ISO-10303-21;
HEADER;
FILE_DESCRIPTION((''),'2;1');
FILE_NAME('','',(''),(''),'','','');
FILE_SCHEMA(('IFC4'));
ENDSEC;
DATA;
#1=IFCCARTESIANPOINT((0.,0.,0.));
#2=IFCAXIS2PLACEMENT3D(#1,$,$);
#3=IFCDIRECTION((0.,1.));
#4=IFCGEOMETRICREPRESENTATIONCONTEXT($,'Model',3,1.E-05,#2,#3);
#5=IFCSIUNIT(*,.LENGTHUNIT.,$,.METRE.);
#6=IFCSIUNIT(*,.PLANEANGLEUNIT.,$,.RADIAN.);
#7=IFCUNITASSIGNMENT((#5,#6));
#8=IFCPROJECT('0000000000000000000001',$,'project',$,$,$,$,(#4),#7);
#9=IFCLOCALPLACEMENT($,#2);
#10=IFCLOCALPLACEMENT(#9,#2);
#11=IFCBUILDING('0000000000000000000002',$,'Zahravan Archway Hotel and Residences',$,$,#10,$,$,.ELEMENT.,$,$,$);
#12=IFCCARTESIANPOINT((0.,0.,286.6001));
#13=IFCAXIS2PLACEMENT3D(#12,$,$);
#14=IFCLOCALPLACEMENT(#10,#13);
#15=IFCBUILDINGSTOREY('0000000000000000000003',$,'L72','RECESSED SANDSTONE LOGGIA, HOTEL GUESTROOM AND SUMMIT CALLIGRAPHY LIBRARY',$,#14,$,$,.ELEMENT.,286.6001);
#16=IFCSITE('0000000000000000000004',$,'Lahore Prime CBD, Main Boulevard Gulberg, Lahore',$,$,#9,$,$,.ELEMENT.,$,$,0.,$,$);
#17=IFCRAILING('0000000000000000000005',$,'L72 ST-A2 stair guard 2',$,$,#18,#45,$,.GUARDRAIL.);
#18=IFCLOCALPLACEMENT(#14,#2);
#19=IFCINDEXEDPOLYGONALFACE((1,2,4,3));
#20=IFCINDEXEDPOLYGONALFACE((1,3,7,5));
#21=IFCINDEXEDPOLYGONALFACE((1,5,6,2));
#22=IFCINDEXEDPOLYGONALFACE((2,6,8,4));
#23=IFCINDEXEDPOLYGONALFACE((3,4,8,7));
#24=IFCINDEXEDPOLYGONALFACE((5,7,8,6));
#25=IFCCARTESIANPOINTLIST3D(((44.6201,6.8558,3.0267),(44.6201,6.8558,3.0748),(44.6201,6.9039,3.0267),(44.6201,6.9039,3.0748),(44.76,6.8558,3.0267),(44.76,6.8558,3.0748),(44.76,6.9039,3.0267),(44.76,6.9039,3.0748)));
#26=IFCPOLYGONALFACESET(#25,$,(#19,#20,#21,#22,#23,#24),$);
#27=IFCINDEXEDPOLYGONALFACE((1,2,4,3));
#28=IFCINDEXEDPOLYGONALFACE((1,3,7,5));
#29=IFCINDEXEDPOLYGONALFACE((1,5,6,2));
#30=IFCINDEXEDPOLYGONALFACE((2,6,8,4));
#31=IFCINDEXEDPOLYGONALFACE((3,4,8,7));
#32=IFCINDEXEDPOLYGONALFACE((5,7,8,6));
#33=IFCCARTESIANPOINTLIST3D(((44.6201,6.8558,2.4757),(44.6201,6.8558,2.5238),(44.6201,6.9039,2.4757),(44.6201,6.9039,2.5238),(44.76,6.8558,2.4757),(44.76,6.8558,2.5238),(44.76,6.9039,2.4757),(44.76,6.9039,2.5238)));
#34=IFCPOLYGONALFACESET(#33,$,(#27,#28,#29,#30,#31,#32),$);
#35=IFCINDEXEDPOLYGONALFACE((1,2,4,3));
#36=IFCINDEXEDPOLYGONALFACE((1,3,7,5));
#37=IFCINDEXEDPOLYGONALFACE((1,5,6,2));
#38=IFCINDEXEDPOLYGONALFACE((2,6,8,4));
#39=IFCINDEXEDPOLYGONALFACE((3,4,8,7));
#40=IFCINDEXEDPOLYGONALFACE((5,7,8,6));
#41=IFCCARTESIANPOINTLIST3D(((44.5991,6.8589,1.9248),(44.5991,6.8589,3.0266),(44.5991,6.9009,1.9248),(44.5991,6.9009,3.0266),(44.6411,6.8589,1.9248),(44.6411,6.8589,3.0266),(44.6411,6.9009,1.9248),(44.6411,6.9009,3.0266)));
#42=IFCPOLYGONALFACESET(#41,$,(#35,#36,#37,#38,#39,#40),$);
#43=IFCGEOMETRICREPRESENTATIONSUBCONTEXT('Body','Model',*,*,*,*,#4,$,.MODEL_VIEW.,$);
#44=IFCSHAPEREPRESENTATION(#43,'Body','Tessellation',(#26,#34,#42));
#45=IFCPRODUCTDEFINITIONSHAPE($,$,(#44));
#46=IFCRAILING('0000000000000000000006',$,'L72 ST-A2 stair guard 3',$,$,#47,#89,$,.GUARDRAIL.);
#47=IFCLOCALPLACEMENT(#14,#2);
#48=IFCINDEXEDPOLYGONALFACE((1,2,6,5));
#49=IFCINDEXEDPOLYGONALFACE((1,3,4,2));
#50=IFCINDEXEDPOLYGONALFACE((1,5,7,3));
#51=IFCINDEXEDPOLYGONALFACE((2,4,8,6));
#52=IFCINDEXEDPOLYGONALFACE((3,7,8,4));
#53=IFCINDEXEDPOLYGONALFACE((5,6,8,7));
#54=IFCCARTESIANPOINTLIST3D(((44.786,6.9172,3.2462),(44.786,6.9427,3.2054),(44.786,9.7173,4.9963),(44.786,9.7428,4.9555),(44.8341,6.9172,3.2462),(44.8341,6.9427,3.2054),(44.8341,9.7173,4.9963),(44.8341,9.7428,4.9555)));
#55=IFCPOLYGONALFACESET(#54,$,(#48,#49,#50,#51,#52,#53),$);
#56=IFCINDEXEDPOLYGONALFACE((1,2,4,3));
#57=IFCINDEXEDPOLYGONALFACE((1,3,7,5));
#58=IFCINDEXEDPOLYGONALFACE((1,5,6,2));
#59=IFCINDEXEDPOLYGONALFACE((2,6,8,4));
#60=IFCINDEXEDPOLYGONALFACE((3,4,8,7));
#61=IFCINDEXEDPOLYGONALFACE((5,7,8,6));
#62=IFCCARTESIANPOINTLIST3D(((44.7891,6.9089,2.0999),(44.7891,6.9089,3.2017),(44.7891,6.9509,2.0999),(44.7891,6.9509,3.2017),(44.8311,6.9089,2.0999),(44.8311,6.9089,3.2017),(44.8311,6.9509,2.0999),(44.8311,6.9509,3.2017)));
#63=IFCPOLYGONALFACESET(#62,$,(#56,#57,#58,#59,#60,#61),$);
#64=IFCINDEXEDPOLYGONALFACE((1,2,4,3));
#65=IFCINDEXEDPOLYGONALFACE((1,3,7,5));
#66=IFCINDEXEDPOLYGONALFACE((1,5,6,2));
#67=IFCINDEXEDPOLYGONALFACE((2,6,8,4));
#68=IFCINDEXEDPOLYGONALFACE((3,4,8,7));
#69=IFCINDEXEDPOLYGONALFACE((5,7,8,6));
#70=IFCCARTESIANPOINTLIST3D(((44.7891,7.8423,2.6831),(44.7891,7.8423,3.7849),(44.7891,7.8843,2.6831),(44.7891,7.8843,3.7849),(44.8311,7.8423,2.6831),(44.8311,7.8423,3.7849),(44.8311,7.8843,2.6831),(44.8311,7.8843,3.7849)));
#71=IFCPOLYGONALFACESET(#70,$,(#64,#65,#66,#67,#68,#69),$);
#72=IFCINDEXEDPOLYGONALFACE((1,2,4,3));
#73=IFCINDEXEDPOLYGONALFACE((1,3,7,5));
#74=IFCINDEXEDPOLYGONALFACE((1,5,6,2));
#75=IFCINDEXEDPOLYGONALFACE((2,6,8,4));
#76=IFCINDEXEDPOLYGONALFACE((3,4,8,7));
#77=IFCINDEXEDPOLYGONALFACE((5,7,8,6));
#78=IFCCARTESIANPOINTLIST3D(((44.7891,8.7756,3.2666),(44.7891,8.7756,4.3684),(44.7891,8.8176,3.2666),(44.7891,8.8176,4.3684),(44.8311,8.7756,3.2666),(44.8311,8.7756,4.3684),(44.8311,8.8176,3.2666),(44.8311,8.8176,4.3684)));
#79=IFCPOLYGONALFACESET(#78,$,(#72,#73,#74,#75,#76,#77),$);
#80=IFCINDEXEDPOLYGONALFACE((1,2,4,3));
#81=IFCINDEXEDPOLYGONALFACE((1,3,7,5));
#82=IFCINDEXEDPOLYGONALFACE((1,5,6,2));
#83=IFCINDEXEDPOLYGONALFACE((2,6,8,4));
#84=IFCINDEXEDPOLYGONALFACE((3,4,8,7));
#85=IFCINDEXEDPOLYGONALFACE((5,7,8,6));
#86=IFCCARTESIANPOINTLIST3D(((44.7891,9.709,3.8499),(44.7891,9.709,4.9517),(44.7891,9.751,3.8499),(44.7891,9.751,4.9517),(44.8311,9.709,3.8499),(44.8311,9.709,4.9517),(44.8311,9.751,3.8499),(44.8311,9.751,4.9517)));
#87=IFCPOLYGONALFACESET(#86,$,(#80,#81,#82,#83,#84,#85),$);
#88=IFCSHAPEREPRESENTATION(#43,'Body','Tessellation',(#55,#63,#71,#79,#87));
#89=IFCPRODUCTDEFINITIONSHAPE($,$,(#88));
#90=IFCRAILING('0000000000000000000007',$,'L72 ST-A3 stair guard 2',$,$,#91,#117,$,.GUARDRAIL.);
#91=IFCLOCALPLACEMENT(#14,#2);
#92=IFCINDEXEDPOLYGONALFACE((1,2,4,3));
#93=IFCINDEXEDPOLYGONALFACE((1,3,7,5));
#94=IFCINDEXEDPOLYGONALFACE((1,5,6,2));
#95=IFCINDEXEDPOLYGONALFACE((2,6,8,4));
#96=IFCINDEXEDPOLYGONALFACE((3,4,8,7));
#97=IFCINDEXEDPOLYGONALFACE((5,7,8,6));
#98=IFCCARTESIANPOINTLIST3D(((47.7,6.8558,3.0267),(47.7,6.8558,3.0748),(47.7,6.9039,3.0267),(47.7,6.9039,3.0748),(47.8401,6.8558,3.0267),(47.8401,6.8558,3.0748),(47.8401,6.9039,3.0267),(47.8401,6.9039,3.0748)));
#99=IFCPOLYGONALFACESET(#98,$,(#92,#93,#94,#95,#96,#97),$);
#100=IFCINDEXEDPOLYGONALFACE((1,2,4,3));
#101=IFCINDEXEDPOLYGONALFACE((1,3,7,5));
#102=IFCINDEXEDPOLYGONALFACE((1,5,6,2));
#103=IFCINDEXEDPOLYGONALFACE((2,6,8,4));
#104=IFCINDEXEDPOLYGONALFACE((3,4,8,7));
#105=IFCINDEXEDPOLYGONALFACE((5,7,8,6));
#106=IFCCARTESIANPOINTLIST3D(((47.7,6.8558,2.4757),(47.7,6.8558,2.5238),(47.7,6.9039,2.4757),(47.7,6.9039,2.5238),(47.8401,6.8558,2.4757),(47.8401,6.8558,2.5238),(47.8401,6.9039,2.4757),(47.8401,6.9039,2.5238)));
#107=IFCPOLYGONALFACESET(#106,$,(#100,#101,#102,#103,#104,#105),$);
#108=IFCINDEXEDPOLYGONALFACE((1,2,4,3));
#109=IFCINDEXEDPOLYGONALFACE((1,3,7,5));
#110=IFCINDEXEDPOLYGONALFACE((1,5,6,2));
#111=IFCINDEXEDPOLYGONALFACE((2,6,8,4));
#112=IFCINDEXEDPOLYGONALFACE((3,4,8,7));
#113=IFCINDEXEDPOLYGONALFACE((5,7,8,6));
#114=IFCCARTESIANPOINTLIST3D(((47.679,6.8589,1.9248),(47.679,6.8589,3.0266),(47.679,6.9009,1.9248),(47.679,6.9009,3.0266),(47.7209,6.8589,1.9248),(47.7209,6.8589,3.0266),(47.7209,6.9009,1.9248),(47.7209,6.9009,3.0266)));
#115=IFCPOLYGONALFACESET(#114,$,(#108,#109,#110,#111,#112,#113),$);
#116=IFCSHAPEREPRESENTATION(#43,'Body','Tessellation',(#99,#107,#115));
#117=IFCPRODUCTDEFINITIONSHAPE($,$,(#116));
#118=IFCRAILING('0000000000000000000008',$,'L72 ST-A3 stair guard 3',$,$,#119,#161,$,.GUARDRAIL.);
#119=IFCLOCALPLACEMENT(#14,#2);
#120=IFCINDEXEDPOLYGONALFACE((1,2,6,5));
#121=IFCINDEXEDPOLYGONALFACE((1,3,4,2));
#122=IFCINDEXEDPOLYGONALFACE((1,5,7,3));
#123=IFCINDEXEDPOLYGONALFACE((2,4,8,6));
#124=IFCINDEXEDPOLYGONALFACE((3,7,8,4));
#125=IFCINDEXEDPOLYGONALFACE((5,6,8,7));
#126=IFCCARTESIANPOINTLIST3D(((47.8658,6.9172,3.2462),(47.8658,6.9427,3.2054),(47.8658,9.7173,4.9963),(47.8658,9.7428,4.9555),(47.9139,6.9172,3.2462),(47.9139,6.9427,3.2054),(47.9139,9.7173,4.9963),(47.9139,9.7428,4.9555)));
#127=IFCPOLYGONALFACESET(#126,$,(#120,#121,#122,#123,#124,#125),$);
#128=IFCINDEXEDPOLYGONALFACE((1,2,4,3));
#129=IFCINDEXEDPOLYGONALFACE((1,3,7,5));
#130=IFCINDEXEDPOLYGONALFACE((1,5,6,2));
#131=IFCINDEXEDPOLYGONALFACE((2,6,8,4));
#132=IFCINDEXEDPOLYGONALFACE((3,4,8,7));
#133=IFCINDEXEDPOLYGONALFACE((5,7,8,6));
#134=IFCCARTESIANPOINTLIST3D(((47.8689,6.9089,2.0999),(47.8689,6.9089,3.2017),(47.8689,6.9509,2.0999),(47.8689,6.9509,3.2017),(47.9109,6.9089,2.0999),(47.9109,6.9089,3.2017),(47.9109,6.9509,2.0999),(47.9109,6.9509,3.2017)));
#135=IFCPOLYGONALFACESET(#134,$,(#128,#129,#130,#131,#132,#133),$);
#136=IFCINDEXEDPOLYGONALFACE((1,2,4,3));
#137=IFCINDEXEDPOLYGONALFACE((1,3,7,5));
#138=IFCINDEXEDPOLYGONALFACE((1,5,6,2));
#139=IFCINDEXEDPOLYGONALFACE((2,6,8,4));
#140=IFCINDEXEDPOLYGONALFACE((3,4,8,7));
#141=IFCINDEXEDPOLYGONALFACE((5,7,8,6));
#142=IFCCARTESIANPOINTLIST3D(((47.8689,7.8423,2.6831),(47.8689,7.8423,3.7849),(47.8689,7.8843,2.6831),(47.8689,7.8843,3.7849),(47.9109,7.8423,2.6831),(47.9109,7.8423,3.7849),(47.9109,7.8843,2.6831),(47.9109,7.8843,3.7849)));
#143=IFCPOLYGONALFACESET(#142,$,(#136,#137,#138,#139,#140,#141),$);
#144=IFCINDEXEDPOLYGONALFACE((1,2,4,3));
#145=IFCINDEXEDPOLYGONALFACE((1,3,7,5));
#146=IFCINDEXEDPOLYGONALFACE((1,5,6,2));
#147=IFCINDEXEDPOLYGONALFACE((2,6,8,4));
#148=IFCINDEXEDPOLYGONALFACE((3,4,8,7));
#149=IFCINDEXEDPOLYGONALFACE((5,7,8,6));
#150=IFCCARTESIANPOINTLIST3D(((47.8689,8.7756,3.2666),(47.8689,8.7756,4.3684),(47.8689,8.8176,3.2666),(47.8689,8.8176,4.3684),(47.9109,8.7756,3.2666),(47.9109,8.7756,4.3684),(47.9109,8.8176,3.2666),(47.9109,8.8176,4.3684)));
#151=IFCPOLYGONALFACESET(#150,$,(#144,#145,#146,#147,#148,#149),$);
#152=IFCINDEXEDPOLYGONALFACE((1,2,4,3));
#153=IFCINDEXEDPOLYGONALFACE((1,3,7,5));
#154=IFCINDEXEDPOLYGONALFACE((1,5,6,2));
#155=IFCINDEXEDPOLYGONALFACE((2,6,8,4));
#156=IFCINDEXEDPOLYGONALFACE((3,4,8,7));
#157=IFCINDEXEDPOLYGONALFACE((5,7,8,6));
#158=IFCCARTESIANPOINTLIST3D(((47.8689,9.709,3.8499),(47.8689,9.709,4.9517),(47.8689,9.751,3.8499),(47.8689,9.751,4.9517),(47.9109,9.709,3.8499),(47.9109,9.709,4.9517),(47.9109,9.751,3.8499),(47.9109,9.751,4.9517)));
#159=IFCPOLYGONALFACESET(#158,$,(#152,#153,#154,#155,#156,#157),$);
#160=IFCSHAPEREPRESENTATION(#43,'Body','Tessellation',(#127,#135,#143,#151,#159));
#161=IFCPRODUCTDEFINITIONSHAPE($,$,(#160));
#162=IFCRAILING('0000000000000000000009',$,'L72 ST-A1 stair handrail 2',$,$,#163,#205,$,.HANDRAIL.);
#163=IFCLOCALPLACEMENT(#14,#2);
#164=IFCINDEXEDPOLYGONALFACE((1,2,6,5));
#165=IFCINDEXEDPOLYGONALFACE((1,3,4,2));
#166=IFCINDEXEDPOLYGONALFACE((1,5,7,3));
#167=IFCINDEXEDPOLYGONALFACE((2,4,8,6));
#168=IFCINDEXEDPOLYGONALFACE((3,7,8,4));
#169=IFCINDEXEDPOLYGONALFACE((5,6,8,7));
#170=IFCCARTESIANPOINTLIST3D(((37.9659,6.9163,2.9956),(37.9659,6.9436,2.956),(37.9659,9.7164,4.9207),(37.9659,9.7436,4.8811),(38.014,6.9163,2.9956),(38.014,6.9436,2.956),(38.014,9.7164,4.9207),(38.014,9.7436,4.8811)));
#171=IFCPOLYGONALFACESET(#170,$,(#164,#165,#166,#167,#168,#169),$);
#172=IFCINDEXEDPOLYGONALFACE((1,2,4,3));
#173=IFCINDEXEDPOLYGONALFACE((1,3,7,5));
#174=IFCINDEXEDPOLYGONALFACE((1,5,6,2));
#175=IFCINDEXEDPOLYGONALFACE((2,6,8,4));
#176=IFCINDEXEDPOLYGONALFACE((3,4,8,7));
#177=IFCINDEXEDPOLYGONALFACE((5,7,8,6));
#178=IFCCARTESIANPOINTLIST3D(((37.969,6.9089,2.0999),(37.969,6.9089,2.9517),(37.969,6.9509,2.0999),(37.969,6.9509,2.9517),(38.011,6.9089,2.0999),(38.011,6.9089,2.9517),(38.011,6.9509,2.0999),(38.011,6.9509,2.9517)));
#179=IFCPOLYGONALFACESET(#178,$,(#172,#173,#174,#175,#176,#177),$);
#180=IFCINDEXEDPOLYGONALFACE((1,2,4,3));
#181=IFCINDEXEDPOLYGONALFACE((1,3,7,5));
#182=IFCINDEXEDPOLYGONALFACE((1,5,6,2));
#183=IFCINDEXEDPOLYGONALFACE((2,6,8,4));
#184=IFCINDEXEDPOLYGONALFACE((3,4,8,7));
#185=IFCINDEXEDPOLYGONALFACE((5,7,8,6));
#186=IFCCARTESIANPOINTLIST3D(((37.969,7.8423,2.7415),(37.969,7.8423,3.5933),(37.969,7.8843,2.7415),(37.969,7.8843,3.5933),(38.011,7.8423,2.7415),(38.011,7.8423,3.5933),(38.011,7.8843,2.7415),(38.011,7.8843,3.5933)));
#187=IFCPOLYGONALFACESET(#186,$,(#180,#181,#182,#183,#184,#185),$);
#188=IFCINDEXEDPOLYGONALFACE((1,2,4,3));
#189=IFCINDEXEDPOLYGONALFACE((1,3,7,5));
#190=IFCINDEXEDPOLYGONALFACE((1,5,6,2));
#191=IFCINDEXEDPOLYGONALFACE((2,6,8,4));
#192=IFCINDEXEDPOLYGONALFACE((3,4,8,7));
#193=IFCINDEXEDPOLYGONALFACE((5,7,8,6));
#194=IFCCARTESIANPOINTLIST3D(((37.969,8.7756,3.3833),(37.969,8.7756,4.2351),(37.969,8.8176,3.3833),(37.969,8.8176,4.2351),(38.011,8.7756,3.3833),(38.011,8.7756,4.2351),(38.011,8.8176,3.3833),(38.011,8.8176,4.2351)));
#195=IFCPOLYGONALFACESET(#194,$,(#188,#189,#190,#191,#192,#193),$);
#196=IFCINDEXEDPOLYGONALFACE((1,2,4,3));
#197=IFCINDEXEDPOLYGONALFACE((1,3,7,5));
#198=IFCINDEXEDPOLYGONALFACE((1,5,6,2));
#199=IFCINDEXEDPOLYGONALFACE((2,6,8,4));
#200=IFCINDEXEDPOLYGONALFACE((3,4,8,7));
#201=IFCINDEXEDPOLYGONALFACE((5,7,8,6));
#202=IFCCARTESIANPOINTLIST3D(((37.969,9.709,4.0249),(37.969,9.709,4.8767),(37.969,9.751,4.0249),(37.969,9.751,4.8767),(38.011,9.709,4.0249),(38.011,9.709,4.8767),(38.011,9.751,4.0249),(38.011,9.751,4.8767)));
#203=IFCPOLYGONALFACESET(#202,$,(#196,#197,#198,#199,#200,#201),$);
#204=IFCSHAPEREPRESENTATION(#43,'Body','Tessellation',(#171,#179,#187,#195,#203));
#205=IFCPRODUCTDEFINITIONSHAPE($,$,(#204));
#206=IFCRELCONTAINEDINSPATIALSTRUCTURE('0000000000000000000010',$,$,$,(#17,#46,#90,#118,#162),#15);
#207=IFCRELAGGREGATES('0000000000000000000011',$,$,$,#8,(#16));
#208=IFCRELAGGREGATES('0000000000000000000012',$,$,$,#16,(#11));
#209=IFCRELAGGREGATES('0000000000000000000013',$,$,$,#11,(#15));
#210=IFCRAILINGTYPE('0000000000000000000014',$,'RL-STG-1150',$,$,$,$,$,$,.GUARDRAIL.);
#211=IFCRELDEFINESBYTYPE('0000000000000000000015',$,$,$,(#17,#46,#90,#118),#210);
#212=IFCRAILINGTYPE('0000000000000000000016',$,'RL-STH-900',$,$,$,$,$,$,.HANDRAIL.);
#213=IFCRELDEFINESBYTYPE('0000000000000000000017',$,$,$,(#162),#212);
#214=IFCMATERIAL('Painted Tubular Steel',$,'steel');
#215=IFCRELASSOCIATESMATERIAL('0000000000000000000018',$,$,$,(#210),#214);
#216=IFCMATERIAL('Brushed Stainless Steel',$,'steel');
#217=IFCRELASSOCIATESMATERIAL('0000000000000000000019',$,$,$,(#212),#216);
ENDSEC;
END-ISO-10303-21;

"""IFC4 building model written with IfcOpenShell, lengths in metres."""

from ifc_helpers import new_model, si_unit, direction, frame, origin, origin_2d, place, context, subcontext, project, spatial, rectangle, extrude, material, type_object, element, save


model = new_model("IFC4")

# Units and contexts
model_context = context("Model", 3, precision=1e-05, world=origin(), true_north=direction((0.0, 1.0)))
body_context = subcontext(model_context, "Body", "Model", "MODEL_VIEW")
ifc_project = project(units=[si_unit("LENGTHUNIT", "METRE"), si_unit("PLANEANGLEUNIT", "RADIAN")], contexts=[model_context])

# Site, building, storey
site_placement = place(None, origin())
site = spatial("IfcSite", under=ifc_project, at=site_placement, Name="Lahore Prime CBD, Main Boulevard Gulberg, Lahore", CompositionType="ELEMENT", RefElevation=0.0)
building_placement = place(site_placement, origin())
building = spatial("IfcBuilding", under=site, at=building_placement, Name="Zahravan Archway Hotel and Residences", CompositionType="ELEMENT")
storey_placement = place(building_placement, frame((0.0, 0.0, 286.6001)))
storey = spatial("IfcBuildingStorey", under=building, at=storey_placement, Name="L72", Description="RECESSED SANDSTONE LOGGIA, HOTEL GUESTROOM AND SUMMIT CALLIGRAPHY LIBRARY", CompositionType="ELEMENT", Elevation=286.6001)

# Railings
ifc_material_1 = material(Name="Painted Tubular Steel", Category="steel")
railing_type_1 = type_object("IfcRailingType", Name="RL-STG-1150", PredefinedType="GUARDRAIL", material=ifc_material_1)
railing_1_placement = place(storey_placement, frame((44.6201, 6.8799, 1.9248)))
element("IfcRailing", 1, at=railing_1_placement, inside=storey, type_object=railing_type_1, Name="L72 ST-A2 stair guard 2", PredefinedType="GUARDRAIL", context=body_context, shape_type="SweptSolid", body=[
    extrude(rectangle(XDim=0.0481, YDim=0.0481, at=origin_2d()), frame((0.0, 0.0, 1.126), z_axis=(1.0, 0.0, 0.0), x_axis=(0.0, 1.0, 0.0)), (0.0, 0.0, 1.0), 0.1399),
    extrude(rectangle(XDim=0.0481, YDim=0.0481, at=origin_2d()), frame((0.0, 0.0, 0.575), z_axis=(1.0, 0.0, 0.0), x_axis=(0.0, 1.0, 0.0)), (0.0, 0.0, 1.0), 0.1399),
    extrude(rectangle(XDim=0.042, YDim=0.042, at=origin_2d()), origin(), (0.0, 0.0, 1.0), 1.1018),
])
railing_2_placement = place(storey_placement, frame((44.8101, 6.9299, 2.0999)))
element("IfcRailing", 2, at=railing_2_placement, inside=storey, type_object=railing_type_1, Name="L72 ST-A2 stair guard 3", PredefinedType="GUARDRAIL", context=body_context, shape_type="SweptSolid", body=[
    extrude(rectangle(XDim=0.0481, YDim=0.0481, at=origin_2d()), frame((0.0, 0.0, 1.126), z_axis=(0.0, 0.848002, 0.529992), x_axis=(-1.0, 0.0, 0.0)), (0.0, 0.0, 1.0), 3.302),
    extrude(rectangle(XDim=0.042, YDim=0.042, at=origin_2d()), origin(), (0.0, 0.0, 1.0), 1.1018),
    extrude(rectangle(XDim=0.042, YDim=0.042, at=origin_2d()), frame((0.0, 0.9333, 0.5833)), (0.0, 0.0, 1.0), 1.1018),
    extrude(rectangle(XDim=0.042, YDim=0.042, at=origin_2d()), frame((0.0, 1.8667, 1.1667)), (0.0, 0.0, 1.0), 1.1018),
    extrude(rectangle(XDim=0.042, YDim=0.042, at=origin_2d()), frame((0.0, 2.8, 1.75)), (0.0, 0.0, 1.0), 1.1018),
])
railing_3_placement = place(storey_placement, frame((47.7, 6.8799, 1.9248)))
element("IfcRailing", 3, at=railing_3_placement, inside=storey, type_object=railing_type_1, Name="L72 ST-A3 stair guard 2", PredefinedType="GUARDRAIL", context=body_context, shape_type="SweptSolid", body=[
    extrude(rectangle(XDim=0.0481, YDim=0.0481, at=origin_2d()), frame((0.0, 0.0, 1.126), z_axis=(1.0, 0.0, 0.0), x_axis=(0.0, 1.0, 0.0)), (0.0, 0.0, 1.0), 0.1401),
    extrude(rectangle(XDim=0.0481, YDim=0.0481, at=origin_2d()), frame((0.0, 0.0, 0.575), z_axis=(1.0, 0.0, 0.0), x_axis=(0.0, 1.0, 0.0)), (0.0, 0.0, 1.0), 0.1401),
    extrude(rectangle(XDim=0.042, YDim=0.042, at=origin_2d()), origin(), (0.0, 0.0, 1.0), 1.1018),
])
railing_4_placement = place(storey_placement, frame((47.8899, 6.9299, 2.0999)))
element("IfcRailing", 4, at=railing_4_placement, inside=storey, type_object=railing_type_1, Name="L72 ST-A3 stair guard 3", PredefinedType="GUARDRAIL", context=body_context, shape_type="SweptSolid", body=[
    extrude(rectangle(XDim=0.0481, YDim=0.0481, at=origin_2d()), frame((0.0, 0.0, 1.126), z_axis=(0.0, 0.848002, 0.529992), x_axis=(-1.0, 0.0, 0.0)), (0.0, 0.0, 1.0), 3.302),
    extrude(rectangle(XDim=0.042, YDim=0.042, at=origin_2d()), origin(), (0.0, 0.0, 1.0), 1.1018),
    extrude(rectangle(XDim=0.042, YDim=0.042, at=origin_2d()), frame((0.0, 0.9333, 0.5833)), (0.0, 0.0, 1.0), 1.1018),
    extrude(rectangle(XDim=0.042, YDim=0.042, at=origin_2d()), frame((0.0, 1.8667, 1.1667)), (0.0, 0.0, 1.0), 1.1018),
    extrude(rectangle(XDim=0.042, YDim=0.042, at=origin_2d()), frame((0.0, 2.8, 1.75)), (0.0, 0.0, 1.0), 1.1018),
])
ifc_material_2 = material(Name="Brushed Stainless Steel", Category="steel")
railing_type_2 = type_object("IfcRailingType", Name="RL-STH-900", PredefinedType="HANDRAIL", material=ifc_material_2)
for number, where, name in (
    (5, (37.99, 6.9299, 2.0999), "L72 ST-A1 stair handrail 2"),
):
    element("IfcRailing", number, at=place(storey_placement, frame(where)), inside=storey, type_object=railing_type_2, Name=name, PredefinedType="HANDRAIL", context=body_context, shape_type="SweptSolid", body=[
        extrude(rectangle(XDim=0.0481, YDim=0.0481, at=origin_2d()), frame((0.0, 0.0, 0.876), z_axis=(0.0, 0.82404, 0.566532), x_axis=(-1.0, 0.0, 0.0)), (0.0, 0.0, 1.0), 3.3979),
        extrude(rectangle(XDim=0.042, YDim=0.042, at=origin_2d()), origin(), (0.0, 0.0, 1.0), 0.8518),
        extrude(rectangle(XDim=0.042, YDim=0.042, at=origin_2d()), frame((0.0, 0.9333, 0.6416)), (0.0, 0.0, 1.0), 0.8518),
        extrude(rectangle(XDim=0.042, YDim=0.042, at=origin_2d()), frame((0.0, 1.8667, 1.2834)), (0.0, 0.0, 1.0), 0.8518),
        extrude(rectangle(XDim=0.042, YDim=0.042, at=origin_2d()), frame((0.0, 2.8, 1.925)), (0.0, 0.0, 1.0), 0.8518),
    ])

save(model, "model.ifc")
